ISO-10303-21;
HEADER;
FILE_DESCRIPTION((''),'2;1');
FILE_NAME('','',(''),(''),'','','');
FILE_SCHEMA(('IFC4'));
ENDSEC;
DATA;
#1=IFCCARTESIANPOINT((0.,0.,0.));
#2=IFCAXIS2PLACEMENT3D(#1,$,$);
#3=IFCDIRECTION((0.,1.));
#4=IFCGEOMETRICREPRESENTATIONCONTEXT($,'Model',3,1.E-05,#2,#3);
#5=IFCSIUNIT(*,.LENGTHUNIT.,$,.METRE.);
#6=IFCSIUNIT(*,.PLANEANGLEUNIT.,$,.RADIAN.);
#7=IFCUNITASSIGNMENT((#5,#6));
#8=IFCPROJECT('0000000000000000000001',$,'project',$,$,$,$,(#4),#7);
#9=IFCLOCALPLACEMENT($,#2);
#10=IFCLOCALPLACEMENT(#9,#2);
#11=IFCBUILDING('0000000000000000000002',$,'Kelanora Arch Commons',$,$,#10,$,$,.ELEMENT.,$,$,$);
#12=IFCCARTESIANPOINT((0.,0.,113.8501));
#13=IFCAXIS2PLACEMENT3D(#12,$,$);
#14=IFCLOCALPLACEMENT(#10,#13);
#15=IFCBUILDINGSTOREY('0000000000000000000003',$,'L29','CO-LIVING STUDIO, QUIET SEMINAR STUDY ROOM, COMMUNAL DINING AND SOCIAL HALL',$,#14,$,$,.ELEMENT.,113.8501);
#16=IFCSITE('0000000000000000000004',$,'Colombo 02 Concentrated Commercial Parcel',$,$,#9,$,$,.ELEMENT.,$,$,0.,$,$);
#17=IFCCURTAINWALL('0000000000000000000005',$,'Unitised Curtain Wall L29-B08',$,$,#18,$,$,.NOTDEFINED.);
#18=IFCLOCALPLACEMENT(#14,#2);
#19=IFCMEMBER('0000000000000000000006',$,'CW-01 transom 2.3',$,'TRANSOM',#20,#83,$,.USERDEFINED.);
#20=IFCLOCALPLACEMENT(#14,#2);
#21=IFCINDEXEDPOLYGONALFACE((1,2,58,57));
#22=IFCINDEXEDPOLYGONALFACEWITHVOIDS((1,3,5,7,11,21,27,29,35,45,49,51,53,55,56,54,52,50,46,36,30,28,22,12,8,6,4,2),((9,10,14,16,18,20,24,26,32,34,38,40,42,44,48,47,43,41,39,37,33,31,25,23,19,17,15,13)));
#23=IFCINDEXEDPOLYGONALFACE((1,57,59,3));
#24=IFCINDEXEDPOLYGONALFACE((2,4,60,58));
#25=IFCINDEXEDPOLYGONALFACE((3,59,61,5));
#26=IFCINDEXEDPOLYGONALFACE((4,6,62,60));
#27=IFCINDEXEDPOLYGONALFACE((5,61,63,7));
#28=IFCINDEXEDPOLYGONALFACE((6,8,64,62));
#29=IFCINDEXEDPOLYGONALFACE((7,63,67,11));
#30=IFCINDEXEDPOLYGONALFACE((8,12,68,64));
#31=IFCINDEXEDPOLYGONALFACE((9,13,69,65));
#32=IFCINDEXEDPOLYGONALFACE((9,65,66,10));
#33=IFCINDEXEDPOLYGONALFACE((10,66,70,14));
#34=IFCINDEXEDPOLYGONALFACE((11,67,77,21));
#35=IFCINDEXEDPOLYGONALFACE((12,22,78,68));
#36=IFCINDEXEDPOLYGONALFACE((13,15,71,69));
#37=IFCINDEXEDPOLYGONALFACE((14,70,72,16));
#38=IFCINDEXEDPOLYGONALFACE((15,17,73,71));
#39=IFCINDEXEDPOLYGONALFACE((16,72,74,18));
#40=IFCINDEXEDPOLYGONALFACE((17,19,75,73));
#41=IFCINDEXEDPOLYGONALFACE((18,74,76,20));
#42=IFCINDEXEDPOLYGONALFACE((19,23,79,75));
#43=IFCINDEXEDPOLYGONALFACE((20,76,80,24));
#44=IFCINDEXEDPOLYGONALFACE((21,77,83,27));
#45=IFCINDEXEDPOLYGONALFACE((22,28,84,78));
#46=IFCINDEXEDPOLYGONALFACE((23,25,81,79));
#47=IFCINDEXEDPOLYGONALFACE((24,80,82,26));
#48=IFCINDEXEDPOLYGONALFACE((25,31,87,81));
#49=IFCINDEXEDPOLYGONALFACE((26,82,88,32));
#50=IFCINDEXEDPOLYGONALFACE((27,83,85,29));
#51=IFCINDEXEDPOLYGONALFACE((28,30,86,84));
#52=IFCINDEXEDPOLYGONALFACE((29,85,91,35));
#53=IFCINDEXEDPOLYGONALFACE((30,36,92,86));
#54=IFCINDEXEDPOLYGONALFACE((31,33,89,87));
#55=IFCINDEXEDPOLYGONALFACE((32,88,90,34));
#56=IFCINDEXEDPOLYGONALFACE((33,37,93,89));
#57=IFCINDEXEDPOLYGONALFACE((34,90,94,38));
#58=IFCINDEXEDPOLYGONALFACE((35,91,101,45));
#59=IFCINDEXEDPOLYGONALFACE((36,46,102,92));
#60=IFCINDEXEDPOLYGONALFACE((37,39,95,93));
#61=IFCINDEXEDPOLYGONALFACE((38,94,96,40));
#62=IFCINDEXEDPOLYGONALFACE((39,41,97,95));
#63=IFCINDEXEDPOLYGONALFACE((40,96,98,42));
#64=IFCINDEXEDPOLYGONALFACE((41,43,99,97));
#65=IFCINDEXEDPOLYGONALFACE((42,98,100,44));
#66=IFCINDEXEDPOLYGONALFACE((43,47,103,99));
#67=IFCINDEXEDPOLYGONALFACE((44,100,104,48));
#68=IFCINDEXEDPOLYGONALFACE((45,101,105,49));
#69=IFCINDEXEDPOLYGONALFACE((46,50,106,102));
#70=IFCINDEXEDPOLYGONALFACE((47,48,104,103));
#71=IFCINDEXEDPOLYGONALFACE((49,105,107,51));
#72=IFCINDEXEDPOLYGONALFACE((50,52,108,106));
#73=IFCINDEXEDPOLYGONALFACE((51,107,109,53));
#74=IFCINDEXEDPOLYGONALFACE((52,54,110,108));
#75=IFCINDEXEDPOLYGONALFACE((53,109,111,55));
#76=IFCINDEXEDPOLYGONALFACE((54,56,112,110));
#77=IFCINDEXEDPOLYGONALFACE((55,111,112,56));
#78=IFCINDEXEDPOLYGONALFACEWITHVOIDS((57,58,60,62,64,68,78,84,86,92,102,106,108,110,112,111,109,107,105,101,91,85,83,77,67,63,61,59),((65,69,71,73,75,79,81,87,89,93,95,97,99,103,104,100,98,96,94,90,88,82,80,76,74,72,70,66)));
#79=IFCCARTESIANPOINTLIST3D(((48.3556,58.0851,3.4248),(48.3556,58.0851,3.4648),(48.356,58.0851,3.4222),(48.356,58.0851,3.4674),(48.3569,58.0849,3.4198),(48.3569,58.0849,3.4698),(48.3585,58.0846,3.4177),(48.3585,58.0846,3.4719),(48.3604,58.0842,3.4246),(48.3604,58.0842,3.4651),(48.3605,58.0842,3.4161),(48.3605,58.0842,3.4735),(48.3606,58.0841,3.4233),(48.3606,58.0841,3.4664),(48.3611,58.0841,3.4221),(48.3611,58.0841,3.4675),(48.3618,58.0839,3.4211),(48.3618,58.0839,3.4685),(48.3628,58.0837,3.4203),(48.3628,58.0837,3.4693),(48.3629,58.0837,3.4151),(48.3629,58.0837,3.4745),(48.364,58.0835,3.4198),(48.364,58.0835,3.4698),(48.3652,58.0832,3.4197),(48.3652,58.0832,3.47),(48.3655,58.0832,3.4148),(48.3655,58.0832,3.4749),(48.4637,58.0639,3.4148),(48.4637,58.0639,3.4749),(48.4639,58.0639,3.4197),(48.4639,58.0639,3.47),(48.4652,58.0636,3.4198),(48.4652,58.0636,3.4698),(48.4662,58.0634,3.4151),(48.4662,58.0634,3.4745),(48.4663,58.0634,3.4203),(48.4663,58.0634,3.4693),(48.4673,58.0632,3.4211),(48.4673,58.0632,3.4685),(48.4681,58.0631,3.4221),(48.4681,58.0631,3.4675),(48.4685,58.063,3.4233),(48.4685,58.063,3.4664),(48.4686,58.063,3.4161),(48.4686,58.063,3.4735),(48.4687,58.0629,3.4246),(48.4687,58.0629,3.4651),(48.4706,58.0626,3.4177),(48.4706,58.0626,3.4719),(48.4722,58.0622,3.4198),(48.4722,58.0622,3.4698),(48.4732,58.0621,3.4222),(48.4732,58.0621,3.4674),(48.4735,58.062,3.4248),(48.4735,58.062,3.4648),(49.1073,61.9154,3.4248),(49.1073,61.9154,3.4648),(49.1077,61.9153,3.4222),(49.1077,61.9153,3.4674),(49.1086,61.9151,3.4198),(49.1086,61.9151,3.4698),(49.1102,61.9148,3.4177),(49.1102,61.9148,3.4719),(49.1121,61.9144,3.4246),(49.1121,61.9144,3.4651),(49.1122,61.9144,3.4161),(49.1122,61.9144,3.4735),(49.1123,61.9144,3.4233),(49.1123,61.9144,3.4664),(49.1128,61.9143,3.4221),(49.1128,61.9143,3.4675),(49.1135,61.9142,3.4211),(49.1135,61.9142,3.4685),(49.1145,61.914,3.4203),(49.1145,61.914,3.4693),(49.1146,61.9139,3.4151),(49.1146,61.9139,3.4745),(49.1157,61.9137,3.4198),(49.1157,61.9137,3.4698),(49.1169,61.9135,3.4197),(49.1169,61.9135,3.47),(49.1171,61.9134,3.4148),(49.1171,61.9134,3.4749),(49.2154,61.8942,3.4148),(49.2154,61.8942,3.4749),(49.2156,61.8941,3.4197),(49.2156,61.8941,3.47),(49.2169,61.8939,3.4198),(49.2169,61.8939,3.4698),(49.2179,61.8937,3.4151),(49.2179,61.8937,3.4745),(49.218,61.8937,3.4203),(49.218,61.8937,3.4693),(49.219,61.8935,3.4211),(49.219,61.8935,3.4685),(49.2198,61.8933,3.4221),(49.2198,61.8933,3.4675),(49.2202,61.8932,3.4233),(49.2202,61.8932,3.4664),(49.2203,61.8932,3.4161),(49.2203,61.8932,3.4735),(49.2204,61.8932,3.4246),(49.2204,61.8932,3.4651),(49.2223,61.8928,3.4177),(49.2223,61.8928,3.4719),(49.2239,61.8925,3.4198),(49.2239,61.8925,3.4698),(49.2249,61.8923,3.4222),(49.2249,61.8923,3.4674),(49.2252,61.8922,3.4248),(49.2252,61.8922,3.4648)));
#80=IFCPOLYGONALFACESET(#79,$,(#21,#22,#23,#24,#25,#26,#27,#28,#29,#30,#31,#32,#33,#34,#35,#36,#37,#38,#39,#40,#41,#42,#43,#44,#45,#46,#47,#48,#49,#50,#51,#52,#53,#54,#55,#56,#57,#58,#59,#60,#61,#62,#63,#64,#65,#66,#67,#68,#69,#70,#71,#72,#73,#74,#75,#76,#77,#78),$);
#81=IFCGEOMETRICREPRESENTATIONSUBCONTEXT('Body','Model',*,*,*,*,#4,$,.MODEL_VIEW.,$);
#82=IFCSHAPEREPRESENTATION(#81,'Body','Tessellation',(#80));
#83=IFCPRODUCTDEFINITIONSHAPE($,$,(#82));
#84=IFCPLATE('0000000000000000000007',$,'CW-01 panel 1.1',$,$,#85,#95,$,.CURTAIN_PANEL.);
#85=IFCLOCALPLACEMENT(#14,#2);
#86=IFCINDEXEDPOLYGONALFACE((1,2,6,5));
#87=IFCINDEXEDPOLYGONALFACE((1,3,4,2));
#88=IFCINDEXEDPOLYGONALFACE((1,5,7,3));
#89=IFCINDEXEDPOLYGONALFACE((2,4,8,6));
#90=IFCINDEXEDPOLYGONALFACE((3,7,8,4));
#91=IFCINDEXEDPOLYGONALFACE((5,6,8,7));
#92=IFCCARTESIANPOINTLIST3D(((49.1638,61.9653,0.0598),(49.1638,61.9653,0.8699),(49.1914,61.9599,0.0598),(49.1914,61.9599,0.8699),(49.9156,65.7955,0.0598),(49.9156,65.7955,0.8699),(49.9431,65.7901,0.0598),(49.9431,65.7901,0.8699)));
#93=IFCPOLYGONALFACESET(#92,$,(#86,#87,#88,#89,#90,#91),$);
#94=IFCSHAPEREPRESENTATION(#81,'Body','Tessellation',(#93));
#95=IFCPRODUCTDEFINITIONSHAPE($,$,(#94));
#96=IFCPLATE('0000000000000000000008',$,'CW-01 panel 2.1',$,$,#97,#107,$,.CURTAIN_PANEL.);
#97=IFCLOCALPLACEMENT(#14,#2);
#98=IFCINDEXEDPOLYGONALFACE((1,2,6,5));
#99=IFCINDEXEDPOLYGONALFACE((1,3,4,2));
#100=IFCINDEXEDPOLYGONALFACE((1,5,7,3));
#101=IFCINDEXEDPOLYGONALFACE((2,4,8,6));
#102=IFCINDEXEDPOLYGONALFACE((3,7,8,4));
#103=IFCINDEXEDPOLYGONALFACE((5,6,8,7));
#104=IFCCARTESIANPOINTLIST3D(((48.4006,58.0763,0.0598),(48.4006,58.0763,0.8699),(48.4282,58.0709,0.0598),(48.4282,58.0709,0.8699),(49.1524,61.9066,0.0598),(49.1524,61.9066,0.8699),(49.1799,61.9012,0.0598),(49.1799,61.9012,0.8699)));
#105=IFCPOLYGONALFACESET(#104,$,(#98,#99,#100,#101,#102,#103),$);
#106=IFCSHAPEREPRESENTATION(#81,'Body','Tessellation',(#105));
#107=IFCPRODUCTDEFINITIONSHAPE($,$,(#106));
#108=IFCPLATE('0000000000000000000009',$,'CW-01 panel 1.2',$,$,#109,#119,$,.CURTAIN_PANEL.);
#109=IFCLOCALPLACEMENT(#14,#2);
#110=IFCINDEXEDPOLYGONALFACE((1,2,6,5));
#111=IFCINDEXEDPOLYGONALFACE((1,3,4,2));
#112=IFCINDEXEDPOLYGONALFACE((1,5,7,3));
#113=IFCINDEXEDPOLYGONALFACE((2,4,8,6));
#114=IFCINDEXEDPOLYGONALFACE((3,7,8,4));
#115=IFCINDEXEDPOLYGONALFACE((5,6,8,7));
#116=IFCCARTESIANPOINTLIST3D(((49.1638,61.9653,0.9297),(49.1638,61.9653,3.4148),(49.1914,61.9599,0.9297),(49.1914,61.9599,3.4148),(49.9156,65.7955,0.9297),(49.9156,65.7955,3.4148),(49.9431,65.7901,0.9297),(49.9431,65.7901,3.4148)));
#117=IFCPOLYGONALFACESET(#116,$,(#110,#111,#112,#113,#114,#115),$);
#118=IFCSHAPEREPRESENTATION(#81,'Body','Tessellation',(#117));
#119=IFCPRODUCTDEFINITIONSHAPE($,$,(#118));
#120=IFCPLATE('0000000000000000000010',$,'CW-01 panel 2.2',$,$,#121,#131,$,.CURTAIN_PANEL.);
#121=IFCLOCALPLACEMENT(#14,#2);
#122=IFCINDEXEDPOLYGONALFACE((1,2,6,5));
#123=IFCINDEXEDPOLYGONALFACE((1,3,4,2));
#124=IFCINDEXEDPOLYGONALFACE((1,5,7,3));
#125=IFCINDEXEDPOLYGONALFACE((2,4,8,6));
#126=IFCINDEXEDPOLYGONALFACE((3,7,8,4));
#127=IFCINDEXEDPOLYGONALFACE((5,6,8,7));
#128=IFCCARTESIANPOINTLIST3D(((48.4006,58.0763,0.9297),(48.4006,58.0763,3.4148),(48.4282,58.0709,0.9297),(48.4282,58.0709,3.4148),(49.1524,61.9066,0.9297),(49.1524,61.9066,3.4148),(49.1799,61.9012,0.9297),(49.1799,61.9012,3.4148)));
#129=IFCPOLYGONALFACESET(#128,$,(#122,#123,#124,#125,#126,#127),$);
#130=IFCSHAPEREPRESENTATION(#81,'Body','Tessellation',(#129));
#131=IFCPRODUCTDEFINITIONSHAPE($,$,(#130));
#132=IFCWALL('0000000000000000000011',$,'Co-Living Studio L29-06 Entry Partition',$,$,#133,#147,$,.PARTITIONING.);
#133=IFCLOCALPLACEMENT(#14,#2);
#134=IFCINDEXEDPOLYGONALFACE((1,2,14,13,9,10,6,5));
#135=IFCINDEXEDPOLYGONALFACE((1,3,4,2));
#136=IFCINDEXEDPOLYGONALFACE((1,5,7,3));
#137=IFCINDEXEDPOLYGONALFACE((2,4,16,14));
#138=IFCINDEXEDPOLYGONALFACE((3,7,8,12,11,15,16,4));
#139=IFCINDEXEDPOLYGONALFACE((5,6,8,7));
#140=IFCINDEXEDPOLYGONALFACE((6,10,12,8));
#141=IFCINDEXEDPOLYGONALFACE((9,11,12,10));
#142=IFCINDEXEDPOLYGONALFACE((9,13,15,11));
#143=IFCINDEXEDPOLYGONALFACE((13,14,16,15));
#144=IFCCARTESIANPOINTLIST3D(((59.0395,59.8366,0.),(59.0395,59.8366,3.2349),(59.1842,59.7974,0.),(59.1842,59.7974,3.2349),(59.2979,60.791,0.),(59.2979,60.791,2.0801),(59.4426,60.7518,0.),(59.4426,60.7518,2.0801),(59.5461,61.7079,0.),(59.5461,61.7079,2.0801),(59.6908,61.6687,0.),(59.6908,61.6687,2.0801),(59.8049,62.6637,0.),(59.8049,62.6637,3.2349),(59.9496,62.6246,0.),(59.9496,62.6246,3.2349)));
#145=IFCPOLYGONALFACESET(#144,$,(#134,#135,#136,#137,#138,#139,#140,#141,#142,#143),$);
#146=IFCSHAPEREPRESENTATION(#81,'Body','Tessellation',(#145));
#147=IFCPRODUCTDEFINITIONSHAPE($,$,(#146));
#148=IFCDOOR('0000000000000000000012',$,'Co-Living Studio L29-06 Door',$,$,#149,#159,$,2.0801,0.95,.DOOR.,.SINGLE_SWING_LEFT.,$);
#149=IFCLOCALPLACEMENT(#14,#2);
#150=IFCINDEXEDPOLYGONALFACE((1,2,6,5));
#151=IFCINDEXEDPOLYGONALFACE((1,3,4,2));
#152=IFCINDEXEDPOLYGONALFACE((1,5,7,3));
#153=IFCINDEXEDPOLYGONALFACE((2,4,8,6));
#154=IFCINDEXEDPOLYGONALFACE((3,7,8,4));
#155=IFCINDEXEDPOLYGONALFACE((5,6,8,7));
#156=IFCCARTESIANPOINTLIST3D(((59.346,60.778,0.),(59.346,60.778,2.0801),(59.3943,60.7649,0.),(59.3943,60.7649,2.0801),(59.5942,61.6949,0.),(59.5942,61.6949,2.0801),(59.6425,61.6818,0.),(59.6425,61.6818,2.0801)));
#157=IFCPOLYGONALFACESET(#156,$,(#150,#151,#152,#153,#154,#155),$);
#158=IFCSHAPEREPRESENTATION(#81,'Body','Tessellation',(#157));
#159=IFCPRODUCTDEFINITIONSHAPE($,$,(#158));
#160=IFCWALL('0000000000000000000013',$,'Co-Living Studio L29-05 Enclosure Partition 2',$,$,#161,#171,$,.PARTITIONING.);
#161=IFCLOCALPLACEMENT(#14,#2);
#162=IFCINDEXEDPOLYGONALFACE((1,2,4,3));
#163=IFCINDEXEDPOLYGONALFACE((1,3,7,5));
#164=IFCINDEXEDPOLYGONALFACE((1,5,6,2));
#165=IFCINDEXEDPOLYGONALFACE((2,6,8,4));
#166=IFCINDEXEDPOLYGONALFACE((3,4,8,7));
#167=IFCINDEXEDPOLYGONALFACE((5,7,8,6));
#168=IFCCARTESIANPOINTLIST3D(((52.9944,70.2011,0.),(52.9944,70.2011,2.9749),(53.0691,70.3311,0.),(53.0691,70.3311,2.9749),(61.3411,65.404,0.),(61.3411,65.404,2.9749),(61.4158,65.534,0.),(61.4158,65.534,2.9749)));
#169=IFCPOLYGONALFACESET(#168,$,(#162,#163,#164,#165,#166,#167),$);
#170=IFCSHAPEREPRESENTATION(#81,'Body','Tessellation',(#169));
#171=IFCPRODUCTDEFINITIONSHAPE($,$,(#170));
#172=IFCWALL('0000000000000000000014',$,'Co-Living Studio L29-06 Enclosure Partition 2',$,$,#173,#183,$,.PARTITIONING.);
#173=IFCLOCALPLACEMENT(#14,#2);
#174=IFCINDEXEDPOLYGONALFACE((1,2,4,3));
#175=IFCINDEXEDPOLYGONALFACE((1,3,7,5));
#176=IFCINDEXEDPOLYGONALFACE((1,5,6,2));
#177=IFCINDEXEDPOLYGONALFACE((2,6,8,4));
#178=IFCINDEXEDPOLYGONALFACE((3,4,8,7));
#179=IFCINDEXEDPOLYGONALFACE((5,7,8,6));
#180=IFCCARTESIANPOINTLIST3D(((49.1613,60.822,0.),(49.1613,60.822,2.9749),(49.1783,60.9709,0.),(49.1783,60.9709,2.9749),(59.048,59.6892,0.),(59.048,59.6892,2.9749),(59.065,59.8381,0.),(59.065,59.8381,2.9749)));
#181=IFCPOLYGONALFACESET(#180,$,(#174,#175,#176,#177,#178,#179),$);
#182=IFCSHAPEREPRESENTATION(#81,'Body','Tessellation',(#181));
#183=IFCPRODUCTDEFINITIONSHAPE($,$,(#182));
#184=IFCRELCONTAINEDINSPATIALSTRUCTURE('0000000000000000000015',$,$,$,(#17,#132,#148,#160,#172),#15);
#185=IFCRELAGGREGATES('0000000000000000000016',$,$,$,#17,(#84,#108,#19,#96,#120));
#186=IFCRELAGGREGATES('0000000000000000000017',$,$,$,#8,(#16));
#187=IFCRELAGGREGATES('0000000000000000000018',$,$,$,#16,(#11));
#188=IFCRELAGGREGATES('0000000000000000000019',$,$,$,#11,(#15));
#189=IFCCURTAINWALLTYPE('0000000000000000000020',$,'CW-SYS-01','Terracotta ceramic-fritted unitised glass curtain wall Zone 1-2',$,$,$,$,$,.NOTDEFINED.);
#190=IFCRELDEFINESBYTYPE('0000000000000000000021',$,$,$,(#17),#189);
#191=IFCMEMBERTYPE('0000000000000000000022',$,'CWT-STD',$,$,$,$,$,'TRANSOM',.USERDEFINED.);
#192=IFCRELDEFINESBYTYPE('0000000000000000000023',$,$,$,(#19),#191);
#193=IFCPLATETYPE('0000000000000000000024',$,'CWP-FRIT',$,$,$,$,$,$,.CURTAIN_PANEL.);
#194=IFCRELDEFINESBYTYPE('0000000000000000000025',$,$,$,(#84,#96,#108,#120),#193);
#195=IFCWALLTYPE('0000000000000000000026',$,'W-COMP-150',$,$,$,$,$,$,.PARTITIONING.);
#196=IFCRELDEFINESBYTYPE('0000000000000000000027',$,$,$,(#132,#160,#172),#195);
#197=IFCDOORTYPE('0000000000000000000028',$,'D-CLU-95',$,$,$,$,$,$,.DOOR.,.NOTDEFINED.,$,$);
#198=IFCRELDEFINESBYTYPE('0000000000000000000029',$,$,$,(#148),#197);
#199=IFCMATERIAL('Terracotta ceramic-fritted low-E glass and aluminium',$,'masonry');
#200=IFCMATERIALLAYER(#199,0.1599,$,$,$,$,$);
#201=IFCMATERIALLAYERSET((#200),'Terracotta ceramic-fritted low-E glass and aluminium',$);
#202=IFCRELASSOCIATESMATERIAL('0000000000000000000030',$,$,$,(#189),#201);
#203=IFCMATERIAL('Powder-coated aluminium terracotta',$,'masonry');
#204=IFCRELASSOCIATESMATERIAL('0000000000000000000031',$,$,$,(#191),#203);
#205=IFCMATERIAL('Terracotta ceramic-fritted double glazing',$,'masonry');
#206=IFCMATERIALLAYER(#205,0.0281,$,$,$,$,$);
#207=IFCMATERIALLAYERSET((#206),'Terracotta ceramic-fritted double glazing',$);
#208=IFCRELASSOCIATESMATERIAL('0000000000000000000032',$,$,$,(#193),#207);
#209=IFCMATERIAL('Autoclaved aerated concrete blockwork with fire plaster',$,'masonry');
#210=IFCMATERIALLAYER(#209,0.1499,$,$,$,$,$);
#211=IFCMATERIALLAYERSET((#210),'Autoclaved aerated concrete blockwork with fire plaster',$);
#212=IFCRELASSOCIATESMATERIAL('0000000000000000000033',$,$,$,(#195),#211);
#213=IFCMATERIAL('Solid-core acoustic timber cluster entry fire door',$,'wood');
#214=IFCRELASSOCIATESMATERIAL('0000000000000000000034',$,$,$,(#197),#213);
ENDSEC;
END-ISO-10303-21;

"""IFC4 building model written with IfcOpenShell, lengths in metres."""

from ifc_helpers import new_model, si_unit, direction, frame, frame_2d, origin, origin_2d, place, context, subcontext, project, spatial, rectangle, hollow_rectangle, extrude, source, transform, mapped, material, layer, layer_set, material_profile, profile_set, type_object, element, fill, aggregate, save


model = new_model("IFC4")

# Units and contexts
model_context = context("Model", 3, precision=1e-05, world=origin(), true_north=direction((0.0, 1.0)))
body_context = subcontext(model_context, "Body", "Model", "MODEL_VIEW")
ifc_project = project(units=[si_unit("LENGTHUNIT", "METRE"), si_unit("PLANEANGLEUNIT", "RADIAN")], contexts=[model_context])

# Site, building, storey
site_placement = place(None, origin())
site = spatial("IfcSite", under=ifc_project, at=site_placement, Name="Colombo 02 Concentrated Commercial Parcel", CompositionType="ELEMENT", RefElevation=0.0)
building_placement = place(site_placement, origin())
building = spatial("IfcBuilding", under=site, at=building_placement, Name="Kelanora Arch Commons", CompositionType="ELEMENT")
storey_placement = place(building_placement, frame((0.0, 0.0, 113.8501)))
storey = spatial("IfcBuildingStorey", under=building, at=storey_placement, Name="L29", Description="CO-LIVING STUDIO, QUIET SEMINAR STUDY ROOM, COMMUNAL DINING AND SOCIAL HALL", CompositionType="ELEMENT", Elevation=113.8501)

# Curtain wall, member, plates
ifc_material_1 = material(Name="Terracotta ceramic-fritted low-E glass and aluminium", Category="masonry")
ifc_layer_1 = layer(ifc_material_1, 0.1599)
ifc_layer_set_1 = layer_set([ifc_layer_1], Name="Terracotta ceramic-fritted low-E glass and aluminium")
curtain_wall_type = type_object("IfcCurtainWallType", Name="CW-SYS-01", Description="Terracotta ceramic-fritted unitised glass curtain wall Zone 1-2", PredefinedType="NOTDEFINED", material=ifc_layer_set_1)
curtain_wall_placement = place(storey_placement, origin())
curtain_wall = element("IfcCurtainWall", 1, at=curtain_wall_placement, inside=storey, type_object=curtain_wall_type, Name="Unitised Curtain Wall L29-B08", PredefinedType="NOTDEFINED")
ifc_material_2 = material(Name="Powder-coated aluminium terracotta", Category="masonry")
ifc_material_profile_1 = material_profile(ifc_material_2, hollow_rectangle(XDim=0.1201, YDim=0.0601, WallThickness=0.0049, InnerFilletRadius=0.0049, OuterFilletRadius=0.01, at=origin_2d()), Name="CWT120x60")
ifc_profile_set_1 = profile_set([ifc_material_profile_1], Name="Powder-coated aluminium terracotta")
member_type_1 = type_object("IfcMemberType", Name="CWT-STD", ElementType="TRANSOM", PredefinedType="USERDEFINED", material=ifc_profile_set_1)
member_1_placement = place(storey_placement, frame((49.1663, 61.9038, 3.4448), z_axis=(-0.192579, -0.981282, 0.0), x_axis=(0.981282, -0.192579, 0.0)))
member_1 = element("IfcMember", 2, at=member_1_placement, type_object=member_type_1, Name="CW-01 transom 2.3", ObjectType="TRANSOM", PredefinedType="USERDEFINED", context=body_context, shape_type="SweptSolid", body=[
    extrude(hollow_rectangle(XDim=0.1201, YDim=0.0601, WallThickness=0.0049, InnerFilletRadius=0.0049, OuterFilletRadius=0.01, at=origin_2d()), origin(), (0.0, 0.0, 1.0), 3.9033),
])
ifc_material_3 = material(Name="Terracotta ceramic-fritted double glazing", Category="masonry")
ifc_layer_2 = layer(ifc_material_3, 0.0281)
ifc_layer_set_2 = layer_set([ifc_layer_2], Name="Terracotta ceramic-fritted double glazing")
plate_type = type_object("IfcPlateType", Name="CWP-FRIT", PredefinedType="CURTAIN_PANEL", material=ifc_layer_set_2)
shared_shape_1 = source(origin(), body_context, "Body", "SweptSolid", [
    extrude(rectangle(XDim=3.9033, YDim=0.0281, at=origin_2d()), origin(), (0.0, 0.0, 1.0), 0.8101),
])
plate_1_placement = place(storey_placement, frame((49.5535, 63.8777, 0.0598), z_axis=(0.0, 0.0, 1.0), x_axis=(-0.192585, -0.98128, 0.0)))
plate_1 = element("IfcPlate", 3, at=plate_1_placement, type_object=plate_type, Name="CW-01 panel 1.1", PredefinedType="CURTAIN_PANEL", context=body_context, shape_type="MappedRepresentation", body=[
    mapped(shared_shape_1, transform((0.0, 0.0, 0.0), scale=1.0)),
])
plate_2_placement = place(storey_placement, frame((48.7903, 59.9888, 0.0598), z_axis=(0.0, 0.0, 1.0), x_axis=(-0.192585, -0.98128, 0.0)))
plate_2 = element("IfcPlate", 4, at=plate_2_placement, type_object=plate_type, Name="CW-01 panel 2.1", PredefinedType="CURTAIN_PANEL", context=body_context, shape_type="MappedRepresentation", body=[
    mapped(shared_shape_1, transform((0.0, 0.0, 0.0), scale=1.0)),
])
shared_shape_2 = source(origin(), body_context, "Body", "SweptSolid", [
    extrude(rectangle(XDim=3.9033, YDim=0.0281, at=origin_2d()), origin(), (0.0, 0.0, 1.0), 2.4851),
])
plate_3_placement = place(storey_placement, frame((49.5535, 63.8777, 0.9297), z_axis=(0.0, 0.0, 1.0), x_axis=(-0.192585, -0.98128, 0.0)))
plate_3 = element("IfcPlate", 5, at=plate_3_placement, type_object=plate_type, Name="CW-01 panel 1.2", PredefinedType="CURTAIN_PANEL", context=body_context, shape_type="MappedRepresentation", body=[
    mapped(shared_shape_2, transform((0.0, 0.0, 0.0), scale=1.0)),
])
plate_4_placement = place(storey_placement, frame((48.7903, 59.9888, 0.9297), z_axis=(0.0, 0.0, 1.0), x_axis=(-0.192585, -0.98128, 0.0)))
plate_4 = element("IfcPlate", 6, at=plate_4_placement, type_object=plate_type, Name="CW-01 panel 2.2", PredefinedType="CURTAIN_PANEL", context=body_context, shape_type="MappedRepresentation", body=[
    mapped(shared_shape_2, transform((0.0, 0.0, 0.0), scale=1.0)),
])
aggregate(curtain_wall, [plate_1, plate_3, member_1, plate_2, plate_4])

# Wall, opening, door
ifc_material_4 = material(Name="Autoclaved aerated concrete blockwork with fire plaster", Category="masonry")
ifc_layer_3 = layer(ifc_material_4, 0.1499)
ifc_layer_set_3 = layer_set([ifc_layer_3], Name="Autoclaved aerated concrete blockwork with fire plaster")
wall_type_1 = type_object("IfcWallType", Name="W-COMP-150", PredefinedType="PARTITIONING", material=ifc_layer_set_3)
wall_1_placement = place(storey_placement, frame((59.8772, 62.644, 0.0), z_axis=(0.0, 0.0, 1.0), x_axis=(-0.261318, -0.965253, 0.0)))
wall_1 = element("IfcWall", 7, at=wall_1_placement, inside=storey, type_object=wall_type_1, Name="Co-Living Studio L29-06 Entry Partition", PredefinedType="PARTITIONING", context=body_context, shape_type="SweptSolid", body=[
    extrude(rectangle(XDim=2.929, YDim=0.1499, at=frame_2d((1.4644, 0.0))), origin(), (0.0, 0.0, 1.0), 3.2349),
])
opening_1_placement = place(wall_1_placement, frame((0.99, 0.0, 0.0)))
opening_1 = element("IfcOpeningElement", 8, at=opening_1_placement, cuts=wall_1, PredefinedType="OPENING", context=body_context, shape_type="SweptSolid", body=[
    extrude(rectangle(XDim=0.95, YDim=2.0801, at=frame_2d((0.4751, 1.04))), frame((0.0, 0.085, 0.0), z_axis=(0.0, -1.0, 0.0), x_axis=(1.0, 0.0, 0.0)), (0.0, 0.0, 1.0), 0.1699),
])
ifc_material_5 = material(Name="Solid-core acoustic timber cluster entry fire door", Category="wood")
door_type_1 = type_object("IfcDoorType", Name="D-CLU-95", OperationType="NOTDEFINED", PredefinedType="DOOR", material=ifc_material_5)
door_1_placement = place(opening_1_placement, origin())
door_1 = element("IfcDoor", 9, at=door_1_placement, inside=storey, type_object=door_type_1, Name="Co-Living Studio L29-06 Door", OperationType="SINGLE_SWING_LEFT", OverallHeight=2.0801, OverallWidth=0.95, PredefinedType="DOOR", context=body_context, shape_type="SweptSolid", body=[
    extrude(rectangle(XDim=0.95, YDim=2.0801, at=frame_2d((0.4751, 1.04))), frame((0.0, 0.0249, 0.0), z_axis=(0.0, -1.0, 0.0), x_axis=(1.0, 0.0, 0.0)), (0.0, 0.0, 1.0), 0.05),
])
fill(opening_1, door_1)

# Walls
wall_2_placement = place(storey_placement, frame((61.3784, 65.469, 0.0), z_axis=(0.0, 0.0, 1.0), x_axis=(-0.867006, 0.498298, 0.0)))
element("IfcWall", 10, at=wall_2_placement, inside=storey, type_object=wall_type_1, Name="Co-Living Studio L29-05 Enclosure Partition 2", PredefinedType="PARTITIONING", context=body_context, shape_type="SweptSolid", body=[
    extrude(rectangle(XDim=9.627, YDim=0.1499, at=frame_2d((4.8135, 0.0))), origin(), (0.0, 0.0, 1.0), 2.9749),
])
wall_3_placement = place(storey_placement, frame((59.0564, 59.7637, 0.0), z_axis=(0.0, 0.0, 1.0), x_axis=(-0.9935, 0.113834, 0.0)))
element("IfcWall", 11, at=wall_3_placement, inside=storey, type_object=wall_type_1, Name="Co-Living Studio L29-06 Enclosure Partition 2", PredefinedType="PARTITIONING", context=body_context, shape_type="SweptSolid", body=[
    extrude(rectangle(XDim=9.9514, YDim=0.1499, at=frame_2d((4.9756, 0.0))), origin(), (0.0, 0.0, 1.0), 2.9749),
])

save(model, "model.ifc")
